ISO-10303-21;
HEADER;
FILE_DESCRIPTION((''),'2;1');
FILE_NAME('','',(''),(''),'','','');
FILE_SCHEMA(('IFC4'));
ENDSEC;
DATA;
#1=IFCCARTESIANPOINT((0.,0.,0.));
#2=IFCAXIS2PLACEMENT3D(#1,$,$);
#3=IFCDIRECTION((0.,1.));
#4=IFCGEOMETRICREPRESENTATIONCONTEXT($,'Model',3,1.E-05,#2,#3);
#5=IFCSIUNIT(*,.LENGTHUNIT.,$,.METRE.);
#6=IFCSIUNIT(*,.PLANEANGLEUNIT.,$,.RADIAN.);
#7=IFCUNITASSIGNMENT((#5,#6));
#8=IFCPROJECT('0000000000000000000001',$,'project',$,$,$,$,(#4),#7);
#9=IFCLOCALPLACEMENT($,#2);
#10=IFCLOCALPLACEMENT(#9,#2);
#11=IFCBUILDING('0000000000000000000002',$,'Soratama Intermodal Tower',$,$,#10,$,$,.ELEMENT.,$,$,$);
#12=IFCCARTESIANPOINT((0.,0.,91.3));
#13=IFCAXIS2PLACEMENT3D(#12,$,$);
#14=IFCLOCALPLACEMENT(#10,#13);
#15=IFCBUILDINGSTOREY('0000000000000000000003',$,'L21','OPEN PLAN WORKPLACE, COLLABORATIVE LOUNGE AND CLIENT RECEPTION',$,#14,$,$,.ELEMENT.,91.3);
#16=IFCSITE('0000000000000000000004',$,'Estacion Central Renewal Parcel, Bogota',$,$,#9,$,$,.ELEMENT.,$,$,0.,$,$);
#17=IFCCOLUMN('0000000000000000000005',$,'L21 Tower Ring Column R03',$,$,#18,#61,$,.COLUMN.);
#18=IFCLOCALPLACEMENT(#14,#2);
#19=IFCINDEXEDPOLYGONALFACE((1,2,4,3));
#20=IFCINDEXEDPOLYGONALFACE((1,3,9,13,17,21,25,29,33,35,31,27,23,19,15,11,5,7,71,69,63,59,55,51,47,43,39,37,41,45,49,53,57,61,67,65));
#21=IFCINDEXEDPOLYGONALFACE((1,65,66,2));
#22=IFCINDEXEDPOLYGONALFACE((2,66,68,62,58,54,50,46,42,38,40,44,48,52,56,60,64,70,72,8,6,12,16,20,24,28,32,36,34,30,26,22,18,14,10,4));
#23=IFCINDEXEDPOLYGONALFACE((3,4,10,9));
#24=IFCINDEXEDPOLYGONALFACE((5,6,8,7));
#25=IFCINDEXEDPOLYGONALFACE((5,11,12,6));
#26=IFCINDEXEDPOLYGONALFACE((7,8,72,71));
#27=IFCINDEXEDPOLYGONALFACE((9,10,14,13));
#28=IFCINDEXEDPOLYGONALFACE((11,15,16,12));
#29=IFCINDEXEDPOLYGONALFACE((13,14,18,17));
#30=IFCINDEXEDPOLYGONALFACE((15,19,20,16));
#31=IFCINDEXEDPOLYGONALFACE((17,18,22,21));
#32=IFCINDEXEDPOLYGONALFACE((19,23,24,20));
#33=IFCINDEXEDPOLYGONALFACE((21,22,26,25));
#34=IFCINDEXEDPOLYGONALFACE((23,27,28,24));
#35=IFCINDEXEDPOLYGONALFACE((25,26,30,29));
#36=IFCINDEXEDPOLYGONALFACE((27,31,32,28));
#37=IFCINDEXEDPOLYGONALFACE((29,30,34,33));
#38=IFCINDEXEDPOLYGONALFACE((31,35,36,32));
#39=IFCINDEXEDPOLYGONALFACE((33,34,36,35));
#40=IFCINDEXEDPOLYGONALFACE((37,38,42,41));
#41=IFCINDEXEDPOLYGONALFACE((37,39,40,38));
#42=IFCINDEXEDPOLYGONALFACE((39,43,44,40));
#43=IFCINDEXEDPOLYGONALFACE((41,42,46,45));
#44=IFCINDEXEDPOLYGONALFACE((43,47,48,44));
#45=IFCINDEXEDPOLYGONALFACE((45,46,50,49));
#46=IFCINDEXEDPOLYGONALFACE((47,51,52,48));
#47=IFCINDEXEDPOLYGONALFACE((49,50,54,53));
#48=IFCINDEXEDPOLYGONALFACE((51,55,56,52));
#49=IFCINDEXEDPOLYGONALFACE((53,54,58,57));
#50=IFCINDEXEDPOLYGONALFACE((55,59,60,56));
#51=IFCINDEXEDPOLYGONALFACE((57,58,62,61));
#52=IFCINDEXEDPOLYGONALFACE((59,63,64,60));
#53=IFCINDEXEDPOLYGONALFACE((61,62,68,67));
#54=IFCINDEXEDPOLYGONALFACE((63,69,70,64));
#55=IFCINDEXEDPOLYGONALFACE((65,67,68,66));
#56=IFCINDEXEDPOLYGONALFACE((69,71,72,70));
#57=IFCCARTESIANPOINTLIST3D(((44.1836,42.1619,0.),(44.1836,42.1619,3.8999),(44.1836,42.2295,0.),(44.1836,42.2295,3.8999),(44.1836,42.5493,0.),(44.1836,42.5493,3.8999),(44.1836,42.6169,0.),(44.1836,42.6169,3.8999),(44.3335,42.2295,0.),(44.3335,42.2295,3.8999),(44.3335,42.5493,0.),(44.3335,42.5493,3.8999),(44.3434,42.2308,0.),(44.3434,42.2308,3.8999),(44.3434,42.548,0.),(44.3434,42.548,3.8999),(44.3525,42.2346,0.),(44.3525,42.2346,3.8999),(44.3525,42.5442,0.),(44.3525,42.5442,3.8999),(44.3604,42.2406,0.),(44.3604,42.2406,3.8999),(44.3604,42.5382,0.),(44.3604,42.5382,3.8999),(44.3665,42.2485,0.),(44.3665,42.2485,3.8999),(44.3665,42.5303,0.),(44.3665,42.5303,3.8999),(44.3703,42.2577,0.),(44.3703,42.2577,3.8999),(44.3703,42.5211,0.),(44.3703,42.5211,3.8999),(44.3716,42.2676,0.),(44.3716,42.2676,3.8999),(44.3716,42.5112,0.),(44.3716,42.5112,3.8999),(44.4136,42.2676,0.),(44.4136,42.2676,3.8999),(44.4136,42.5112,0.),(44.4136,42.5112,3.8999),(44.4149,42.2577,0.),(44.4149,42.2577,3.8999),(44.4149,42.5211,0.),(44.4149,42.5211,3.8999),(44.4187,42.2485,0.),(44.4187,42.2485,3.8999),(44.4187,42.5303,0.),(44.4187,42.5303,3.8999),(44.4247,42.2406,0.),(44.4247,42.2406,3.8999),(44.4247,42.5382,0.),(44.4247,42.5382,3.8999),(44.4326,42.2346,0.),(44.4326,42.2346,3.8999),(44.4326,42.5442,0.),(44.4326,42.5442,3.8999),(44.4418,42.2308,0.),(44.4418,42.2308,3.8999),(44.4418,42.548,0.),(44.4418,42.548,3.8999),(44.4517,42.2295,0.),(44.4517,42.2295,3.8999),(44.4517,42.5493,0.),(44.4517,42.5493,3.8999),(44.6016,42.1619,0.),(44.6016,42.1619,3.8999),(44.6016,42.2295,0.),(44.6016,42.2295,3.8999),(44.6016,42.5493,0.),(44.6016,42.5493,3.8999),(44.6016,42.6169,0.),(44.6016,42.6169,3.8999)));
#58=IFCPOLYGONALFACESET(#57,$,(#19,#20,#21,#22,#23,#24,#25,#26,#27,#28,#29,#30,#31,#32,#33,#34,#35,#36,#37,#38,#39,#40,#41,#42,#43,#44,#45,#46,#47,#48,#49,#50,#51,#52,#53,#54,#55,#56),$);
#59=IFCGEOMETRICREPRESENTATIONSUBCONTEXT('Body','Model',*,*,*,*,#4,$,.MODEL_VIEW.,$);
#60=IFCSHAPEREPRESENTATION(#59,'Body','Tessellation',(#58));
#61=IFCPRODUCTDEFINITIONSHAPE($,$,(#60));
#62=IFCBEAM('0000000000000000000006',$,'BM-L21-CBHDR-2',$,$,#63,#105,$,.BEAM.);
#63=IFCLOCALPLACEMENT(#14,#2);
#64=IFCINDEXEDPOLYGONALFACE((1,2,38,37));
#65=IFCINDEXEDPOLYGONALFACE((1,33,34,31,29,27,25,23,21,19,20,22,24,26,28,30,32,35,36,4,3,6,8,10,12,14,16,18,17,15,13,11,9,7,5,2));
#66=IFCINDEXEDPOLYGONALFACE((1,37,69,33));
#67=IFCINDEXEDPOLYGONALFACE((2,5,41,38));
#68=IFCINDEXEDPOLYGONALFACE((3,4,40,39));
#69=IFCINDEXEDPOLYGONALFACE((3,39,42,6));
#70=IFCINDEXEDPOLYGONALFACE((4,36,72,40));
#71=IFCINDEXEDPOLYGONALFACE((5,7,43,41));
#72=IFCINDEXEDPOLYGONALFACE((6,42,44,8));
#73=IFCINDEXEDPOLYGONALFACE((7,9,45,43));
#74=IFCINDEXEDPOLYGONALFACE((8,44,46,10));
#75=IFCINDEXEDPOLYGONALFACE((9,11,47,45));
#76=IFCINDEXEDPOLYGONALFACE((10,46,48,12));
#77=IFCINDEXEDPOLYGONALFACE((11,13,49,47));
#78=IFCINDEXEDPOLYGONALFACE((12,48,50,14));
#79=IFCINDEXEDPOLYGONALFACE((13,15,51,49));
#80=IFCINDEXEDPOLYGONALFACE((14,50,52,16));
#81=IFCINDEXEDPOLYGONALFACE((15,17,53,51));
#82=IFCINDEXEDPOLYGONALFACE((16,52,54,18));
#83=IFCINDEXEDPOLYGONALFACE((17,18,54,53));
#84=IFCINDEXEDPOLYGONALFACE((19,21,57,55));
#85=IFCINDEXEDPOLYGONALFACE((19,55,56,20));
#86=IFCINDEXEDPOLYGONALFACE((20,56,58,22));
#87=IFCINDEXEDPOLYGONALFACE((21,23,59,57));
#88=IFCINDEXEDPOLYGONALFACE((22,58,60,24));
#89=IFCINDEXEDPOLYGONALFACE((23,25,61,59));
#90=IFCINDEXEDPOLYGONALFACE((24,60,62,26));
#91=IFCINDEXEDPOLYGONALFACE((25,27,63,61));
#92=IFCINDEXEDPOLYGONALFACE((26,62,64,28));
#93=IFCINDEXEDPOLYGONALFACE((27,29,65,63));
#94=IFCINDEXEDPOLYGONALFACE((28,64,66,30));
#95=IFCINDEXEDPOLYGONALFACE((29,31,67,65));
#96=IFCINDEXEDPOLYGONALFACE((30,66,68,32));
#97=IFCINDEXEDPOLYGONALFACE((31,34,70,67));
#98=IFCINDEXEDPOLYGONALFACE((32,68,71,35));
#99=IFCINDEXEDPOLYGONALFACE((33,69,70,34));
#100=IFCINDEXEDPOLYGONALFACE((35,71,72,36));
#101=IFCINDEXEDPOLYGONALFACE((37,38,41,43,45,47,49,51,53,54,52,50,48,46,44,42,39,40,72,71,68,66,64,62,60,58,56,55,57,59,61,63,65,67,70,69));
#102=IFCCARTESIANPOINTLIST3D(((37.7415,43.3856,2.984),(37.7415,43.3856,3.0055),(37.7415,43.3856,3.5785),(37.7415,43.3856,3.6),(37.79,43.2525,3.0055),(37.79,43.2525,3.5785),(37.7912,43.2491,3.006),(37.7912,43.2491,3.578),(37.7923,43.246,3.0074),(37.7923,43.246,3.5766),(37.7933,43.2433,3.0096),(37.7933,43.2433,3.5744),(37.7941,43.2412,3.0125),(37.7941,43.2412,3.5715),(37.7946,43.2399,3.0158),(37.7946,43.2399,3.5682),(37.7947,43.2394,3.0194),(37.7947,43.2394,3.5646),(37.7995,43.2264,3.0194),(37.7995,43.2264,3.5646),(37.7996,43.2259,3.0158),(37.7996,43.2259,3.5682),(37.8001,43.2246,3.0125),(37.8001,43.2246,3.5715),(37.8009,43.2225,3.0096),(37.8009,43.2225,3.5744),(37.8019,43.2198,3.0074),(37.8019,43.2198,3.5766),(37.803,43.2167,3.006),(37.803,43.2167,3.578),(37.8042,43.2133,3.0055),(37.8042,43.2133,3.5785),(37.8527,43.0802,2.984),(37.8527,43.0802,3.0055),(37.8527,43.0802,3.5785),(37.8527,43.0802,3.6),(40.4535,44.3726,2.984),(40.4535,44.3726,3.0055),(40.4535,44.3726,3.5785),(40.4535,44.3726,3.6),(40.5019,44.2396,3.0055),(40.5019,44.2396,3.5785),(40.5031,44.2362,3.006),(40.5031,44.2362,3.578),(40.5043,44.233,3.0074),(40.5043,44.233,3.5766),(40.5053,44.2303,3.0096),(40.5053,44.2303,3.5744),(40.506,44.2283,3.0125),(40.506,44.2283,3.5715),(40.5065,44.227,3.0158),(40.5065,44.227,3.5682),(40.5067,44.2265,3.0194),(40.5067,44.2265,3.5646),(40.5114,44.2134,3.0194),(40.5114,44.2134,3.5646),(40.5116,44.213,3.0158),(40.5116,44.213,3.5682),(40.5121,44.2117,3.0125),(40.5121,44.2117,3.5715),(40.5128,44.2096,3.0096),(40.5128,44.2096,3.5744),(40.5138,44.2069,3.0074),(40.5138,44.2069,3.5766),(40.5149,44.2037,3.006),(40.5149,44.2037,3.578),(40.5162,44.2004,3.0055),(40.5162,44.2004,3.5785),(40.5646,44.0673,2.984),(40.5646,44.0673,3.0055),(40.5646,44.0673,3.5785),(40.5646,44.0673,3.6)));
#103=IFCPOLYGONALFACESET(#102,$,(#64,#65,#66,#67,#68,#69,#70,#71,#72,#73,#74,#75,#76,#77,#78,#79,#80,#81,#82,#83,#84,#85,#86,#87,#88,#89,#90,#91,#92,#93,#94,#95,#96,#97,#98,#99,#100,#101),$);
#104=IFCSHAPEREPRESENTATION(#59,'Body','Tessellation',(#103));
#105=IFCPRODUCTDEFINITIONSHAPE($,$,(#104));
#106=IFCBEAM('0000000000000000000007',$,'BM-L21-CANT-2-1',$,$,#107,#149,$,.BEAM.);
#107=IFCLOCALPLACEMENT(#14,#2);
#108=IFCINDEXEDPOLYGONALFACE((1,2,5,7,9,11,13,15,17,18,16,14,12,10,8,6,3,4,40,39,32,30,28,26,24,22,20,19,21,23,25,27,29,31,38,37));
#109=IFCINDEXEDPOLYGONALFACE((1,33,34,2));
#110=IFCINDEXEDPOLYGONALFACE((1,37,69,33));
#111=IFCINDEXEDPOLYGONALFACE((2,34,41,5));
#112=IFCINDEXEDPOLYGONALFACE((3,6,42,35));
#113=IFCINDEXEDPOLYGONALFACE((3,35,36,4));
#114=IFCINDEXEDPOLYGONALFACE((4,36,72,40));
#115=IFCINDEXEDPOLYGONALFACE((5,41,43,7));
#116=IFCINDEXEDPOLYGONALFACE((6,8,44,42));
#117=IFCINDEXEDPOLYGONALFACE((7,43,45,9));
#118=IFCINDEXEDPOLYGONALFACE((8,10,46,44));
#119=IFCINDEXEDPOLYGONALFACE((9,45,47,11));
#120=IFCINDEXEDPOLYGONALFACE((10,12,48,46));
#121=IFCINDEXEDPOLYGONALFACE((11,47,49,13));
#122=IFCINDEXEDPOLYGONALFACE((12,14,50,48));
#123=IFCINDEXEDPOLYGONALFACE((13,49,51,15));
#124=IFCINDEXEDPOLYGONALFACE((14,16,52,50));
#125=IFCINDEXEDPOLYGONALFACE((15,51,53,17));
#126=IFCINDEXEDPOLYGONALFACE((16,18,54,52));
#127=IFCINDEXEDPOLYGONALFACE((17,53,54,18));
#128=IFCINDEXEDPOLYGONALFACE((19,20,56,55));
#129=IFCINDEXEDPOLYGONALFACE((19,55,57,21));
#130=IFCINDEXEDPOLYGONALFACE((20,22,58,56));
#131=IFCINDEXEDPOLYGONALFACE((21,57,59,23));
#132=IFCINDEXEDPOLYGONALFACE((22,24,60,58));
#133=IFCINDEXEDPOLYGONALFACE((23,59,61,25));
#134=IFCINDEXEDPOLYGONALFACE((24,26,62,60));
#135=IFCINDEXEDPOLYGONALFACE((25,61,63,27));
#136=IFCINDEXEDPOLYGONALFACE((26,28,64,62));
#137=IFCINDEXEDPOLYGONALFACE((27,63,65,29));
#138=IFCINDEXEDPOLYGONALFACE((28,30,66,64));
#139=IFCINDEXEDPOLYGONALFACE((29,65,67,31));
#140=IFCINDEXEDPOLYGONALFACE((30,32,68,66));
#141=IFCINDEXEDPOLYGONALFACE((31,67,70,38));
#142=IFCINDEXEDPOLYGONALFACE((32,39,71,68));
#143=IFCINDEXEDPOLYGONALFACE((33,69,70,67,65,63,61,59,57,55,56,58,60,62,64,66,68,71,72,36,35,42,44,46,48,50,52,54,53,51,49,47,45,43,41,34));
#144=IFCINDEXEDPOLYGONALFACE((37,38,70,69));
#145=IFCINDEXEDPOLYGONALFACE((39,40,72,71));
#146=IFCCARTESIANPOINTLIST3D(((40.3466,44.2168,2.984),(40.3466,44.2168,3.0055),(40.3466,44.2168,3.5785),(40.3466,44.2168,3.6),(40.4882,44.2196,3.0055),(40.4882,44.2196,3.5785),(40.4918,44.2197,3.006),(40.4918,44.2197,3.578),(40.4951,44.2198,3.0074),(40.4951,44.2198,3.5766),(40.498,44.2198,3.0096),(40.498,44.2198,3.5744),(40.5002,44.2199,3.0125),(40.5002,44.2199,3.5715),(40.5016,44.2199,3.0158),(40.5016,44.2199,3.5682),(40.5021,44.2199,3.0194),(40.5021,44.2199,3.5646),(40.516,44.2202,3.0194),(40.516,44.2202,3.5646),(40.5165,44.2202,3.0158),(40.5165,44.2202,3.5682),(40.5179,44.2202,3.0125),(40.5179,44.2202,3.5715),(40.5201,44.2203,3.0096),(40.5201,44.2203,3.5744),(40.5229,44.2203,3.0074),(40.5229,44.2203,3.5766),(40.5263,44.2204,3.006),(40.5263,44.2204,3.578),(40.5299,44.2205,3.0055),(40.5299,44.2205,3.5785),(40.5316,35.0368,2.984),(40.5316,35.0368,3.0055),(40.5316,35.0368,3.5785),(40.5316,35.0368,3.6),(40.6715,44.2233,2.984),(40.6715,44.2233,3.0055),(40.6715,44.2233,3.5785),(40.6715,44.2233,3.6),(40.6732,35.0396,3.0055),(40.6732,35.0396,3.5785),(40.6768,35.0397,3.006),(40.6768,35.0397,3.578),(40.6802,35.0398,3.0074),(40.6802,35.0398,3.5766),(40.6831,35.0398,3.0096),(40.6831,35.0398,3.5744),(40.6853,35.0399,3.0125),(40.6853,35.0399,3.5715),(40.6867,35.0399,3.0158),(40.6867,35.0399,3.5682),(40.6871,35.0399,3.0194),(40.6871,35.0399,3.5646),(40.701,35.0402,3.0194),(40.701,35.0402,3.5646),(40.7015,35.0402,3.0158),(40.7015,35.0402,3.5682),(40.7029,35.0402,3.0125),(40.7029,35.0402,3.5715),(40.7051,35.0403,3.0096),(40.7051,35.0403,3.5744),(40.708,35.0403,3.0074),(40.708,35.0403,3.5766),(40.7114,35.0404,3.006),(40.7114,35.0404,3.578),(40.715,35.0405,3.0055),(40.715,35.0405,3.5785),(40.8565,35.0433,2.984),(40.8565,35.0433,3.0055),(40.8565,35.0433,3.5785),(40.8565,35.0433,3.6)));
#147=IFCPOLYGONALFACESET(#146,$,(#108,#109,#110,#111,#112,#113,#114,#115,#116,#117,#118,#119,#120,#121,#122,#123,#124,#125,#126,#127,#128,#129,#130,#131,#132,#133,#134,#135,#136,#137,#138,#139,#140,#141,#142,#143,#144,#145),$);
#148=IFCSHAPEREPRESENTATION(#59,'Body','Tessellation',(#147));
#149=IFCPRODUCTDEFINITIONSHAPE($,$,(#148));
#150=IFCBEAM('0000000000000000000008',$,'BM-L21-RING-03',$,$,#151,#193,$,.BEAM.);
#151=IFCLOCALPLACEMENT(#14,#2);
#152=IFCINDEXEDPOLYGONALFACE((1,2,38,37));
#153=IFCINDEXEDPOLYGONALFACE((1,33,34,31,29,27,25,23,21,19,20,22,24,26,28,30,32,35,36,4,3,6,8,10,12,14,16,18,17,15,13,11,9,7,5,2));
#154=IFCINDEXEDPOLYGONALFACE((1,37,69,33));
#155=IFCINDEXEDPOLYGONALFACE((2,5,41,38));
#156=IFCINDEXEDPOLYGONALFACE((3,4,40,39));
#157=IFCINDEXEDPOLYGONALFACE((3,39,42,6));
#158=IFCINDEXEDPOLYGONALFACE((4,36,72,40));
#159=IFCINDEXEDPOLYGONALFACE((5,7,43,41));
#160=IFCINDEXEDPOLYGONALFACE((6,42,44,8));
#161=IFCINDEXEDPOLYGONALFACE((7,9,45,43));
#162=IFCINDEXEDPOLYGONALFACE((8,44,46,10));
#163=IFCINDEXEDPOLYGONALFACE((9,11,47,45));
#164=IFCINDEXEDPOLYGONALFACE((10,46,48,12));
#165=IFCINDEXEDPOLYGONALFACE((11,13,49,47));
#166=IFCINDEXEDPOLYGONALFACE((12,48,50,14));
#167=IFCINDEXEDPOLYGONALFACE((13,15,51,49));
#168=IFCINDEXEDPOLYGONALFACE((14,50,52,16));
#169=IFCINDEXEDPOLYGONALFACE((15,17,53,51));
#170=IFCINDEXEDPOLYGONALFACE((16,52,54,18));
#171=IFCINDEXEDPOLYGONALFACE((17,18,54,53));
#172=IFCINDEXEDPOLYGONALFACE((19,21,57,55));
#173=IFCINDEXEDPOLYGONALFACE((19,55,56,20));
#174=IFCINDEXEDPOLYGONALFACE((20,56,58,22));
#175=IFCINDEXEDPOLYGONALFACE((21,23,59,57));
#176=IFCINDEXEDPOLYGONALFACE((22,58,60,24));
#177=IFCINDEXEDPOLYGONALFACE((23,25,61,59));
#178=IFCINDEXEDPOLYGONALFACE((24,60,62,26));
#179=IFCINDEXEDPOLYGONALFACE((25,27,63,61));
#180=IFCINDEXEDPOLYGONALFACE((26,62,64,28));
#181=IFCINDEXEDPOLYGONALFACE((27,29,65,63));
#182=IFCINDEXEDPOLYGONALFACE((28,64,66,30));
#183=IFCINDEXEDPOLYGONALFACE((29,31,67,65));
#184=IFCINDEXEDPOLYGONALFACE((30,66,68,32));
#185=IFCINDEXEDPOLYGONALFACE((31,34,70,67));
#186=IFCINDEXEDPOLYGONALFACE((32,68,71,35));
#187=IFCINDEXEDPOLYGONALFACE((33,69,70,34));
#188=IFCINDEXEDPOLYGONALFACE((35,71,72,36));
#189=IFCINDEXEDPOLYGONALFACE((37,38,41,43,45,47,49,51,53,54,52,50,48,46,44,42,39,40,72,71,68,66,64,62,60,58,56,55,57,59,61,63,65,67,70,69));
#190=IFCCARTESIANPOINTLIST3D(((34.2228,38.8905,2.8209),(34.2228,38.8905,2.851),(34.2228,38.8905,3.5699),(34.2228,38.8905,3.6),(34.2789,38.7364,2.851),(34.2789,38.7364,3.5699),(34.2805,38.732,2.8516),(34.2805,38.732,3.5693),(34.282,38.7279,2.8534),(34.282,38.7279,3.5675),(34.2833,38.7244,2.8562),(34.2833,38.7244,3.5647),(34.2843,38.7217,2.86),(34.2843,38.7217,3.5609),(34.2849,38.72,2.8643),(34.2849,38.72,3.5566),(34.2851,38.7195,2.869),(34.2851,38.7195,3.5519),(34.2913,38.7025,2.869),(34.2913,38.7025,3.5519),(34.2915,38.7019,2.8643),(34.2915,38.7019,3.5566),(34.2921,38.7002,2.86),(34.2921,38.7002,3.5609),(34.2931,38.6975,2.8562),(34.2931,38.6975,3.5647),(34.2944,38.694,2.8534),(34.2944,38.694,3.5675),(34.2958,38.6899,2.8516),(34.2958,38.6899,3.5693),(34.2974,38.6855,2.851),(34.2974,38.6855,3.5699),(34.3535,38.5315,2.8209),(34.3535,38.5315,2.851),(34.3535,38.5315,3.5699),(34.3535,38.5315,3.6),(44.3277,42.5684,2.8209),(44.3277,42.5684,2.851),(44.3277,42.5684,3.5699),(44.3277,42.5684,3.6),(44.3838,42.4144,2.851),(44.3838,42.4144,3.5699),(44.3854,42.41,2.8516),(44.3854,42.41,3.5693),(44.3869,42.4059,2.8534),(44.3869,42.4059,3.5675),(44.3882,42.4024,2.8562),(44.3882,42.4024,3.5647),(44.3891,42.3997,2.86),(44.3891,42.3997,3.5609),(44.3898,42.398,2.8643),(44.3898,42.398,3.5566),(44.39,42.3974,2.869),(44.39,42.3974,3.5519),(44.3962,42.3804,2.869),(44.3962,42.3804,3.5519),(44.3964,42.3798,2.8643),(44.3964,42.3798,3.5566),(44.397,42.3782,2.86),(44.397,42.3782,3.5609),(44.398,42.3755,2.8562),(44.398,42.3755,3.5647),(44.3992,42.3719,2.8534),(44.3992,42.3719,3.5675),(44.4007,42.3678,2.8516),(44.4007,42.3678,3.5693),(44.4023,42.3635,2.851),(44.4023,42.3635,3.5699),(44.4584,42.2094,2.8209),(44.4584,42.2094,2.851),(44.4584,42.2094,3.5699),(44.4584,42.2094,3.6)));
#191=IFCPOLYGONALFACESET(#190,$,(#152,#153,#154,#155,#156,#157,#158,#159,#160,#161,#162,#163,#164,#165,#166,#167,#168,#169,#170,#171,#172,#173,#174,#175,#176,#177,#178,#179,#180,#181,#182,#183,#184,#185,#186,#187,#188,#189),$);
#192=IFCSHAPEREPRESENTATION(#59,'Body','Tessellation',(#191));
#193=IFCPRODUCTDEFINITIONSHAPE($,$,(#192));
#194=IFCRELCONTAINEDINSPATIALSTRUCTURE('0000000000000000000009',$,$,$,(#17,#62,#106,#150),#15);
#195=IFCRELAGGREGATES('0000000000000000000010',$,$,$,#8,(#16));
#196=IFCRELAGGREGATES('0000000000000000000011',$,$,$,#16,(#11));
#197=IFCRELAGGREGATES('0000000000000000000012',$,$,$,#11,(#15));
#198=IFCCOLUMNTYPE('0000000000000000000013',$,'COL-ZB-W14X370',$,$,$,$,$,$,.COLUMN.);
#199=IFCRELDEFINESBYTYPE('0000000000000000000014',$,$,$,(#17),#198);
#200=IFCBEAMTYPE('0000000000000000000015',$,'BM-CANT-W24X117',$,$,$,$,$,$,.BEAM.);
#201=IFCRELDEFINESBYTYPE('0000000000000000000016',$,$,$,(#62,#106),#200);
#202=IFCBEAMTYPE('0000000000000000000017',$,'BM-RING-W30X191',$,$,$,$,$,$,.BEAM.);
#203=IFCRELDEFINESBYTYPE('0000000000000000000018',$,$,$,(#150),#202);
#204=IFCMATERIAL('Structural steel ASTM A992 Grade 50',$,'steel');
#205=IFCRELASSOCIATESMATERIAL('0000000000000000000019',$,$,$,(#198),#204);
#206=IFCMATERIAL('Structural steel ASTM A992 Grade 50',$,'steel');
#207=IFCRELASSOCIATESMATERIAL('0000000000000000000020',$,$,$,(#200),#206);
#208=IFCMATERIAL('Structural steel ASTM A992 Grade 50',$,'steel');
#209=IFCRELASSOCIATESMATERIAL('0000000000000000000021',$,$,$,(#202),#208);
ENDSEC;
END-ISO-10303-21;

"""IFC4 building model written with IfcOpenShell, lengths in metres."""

from ifc_helpers import new_model, si_unit, direction, frame, origin, origin_2d, place, context, subcontext, project, spatial, i_section, extrude, material, material_profile, profile_set, type_object, element, save


model = new_model("IFC4")

# Units and contexts
model_context = context("Model", 3, precision=1e-05, world=origin(), true_north=direction((0.0, 1.0)))
body_context = subcontext(model_context, "Body", "Model", "MODEL_VIEW")
ifc_project = project(units=[si_unit("LENGTHUNIT", "METRE"), si_unit("PLANEANGLEUNIT", "RADIAN")], contexts=[model_context])

# Site, building, storey
site_placement = place(None, origin())
site = spatial("IfcSite", under=ifc_project, at=site_placement, Name="Estacion Central Renewal Parcel, Bogota", CompositionType="ELEMENT", RefElevation=0.0)
building_placement = place(site_placement, origin())
building = spatial("IfcBuilding", under=site, at=building_placement, Name="Soratama Intermodal Tower", CompositionType="ELEMENT")
storey_placement = place(building_placement, frame((0.0, 0.0, 91.3)))
storey = spatial("IfcBuildingStorey", under=building, at=storey_placement, Name="L21", Description="OPEN PLAN WORKPLACE, COLLABORATIVE LOUNGE AND CLIENT RECEPTION", CompositionType="ELEMENT", Elevation=91.3)

# Column
ifc_material_1 = material(Name="Structural steel ASTM A992 Grade 50", Category="steel")
ifc_material_profile_1 = material_profile(ifc_material_1, i_section(OverallWidth=0.418, OverallDepth=0.4551, WebThickness=0.042, FlangeThickness=0.0676, FilletRadius=0.0381, at=origin_2d()), Name="W14X370")
ifc_profile_set_1 = profile_set([ifc_material_profile_1], Name="Structural steel ASTM A992 Grade 50")
column_type = type_object("IfcColumnType", Name="COL-ZB-W14X370", PredefinedType="COLUMN", material=ifc_profile_set_1)
column_placement = place(storey_placement, frame((44.3926, 42.3894, 0.0), z_axis=(0.0, 0.0, 1.0), x_axis=(1.0, 0.0, 0.0)))
element("IfcColumn", 1, at=column_placement, inside=storey, type_object=column_type, Name="L21 Tower Ring Column R03", PredefinedType="COLUMN", context=body_context, shape_type="SweptSolid", body=[
    extrude(i_section(OverallWidth=0.418, OverallDepth=0.4551, WebThickness=0.042, FlangeThickness=0.0676, FilletRadius=0.0381, at=origin_2d()), origin(), (0.0, 0.0, 1.0), 3.8999),
])

# Beams
ifc_material_2 = material(Name="Structural steel ASTM A992 Grade 50", Category="steel")
ifc_material_profile_2 = material_profile(ifc_material_2, i_section(OverallWidth=0.325, OverallDepth=0.616, WebThickness=0.0139, FlangeThickness=0.0215, FilletRadius=0.0139, at=origin_2d()), Name="W24X117")
ifc_profile_set_2 = profile_set([ifc_material_profile_2], Name="Structural steel ASTM A992 Grade 50")
beam_type_1 = type_object("IfcBeamType", Name="BM-CANT-W24X117", PredefinedType="BEAM", material=ifc_profile_set_2)
beam_1_placement = place(storey_placement, frame((40.509, 44.22, 3.292), z_axis=(-0.939692, -0.342022, 0.0), x_axis=(0.342022, -0.939692, 0.0)))
element("IfcBeam", 2, at=beam_1_placement, inside=storey, type_object=beam_type_1, Name="BM-L21-CBHDR-2", PredefinedType="BEAM", context=body_context, shape_type="SweptSolid", body=[
    extrude(i_section(OverallWidth=0.325, OverallDepth=0.616, WebThickness=0.0139, FlangeThickness=0.0215, FilletRadius=0.0139, at=origin_2d()), origin(), (0.0, 0.0, 1.0), 2.886),
])
beam_2_placement = place(storey_placement, frame((40.6941, 35.04, 3.292), z_axis=(-0.020155, 0.999797, 0.0), x_axis=(-0.999797, -0.020155, 0.0)))
element("IfcBeam", 3, at=beam_2_placement, inside=storey, type_object=beam_type_1, Name="BM-L21-CANT-2-1", PredefinedType="BEAM", context=body_context, shape_type="SweptSolid", body=[
    extrude(i_section(OverallWidth=0.325, OverallDepth=0.616, WebThickness=0.0139, FlangeThickness=0.0215, FilletRadius=0.0139, at=origin_2d()), origin(), (0.0, 0.0, 1.0), 9.1819),
])
ifc_material_3 = material(Name="Structural steel ASTM A992 Grade 50", Category="steel")
ifc_material_profile_3 = material_profile(ifc_material_3, i_section(OverallWidth=0.3821, OverallDepth=0.7791, WebThickness=0.0181, FlangeThickness=0.03, FilletRadius=0.0181, at=origin_2d()), Name="W30X191")
ifc_profile_set_3 = profile_set([ifc_material_profile_3], Name="Structural steel ASTM A992 Grade 50")
beam_type_2 = type_object("IfcBeamType", Name="BM-RING-W30X191", PredefinedType="BEAM", material=ifc_profile_set_3)
beam_3_placement = place(storey_placement, frame((44.3931, 42.3889, 3.2104), z_axis=(-0.939691, -0.342026, 0.0), x_axis=(0.342026, -0.939691, 0.0)))
element("IfcBeam", 4, at=beam_3_placement, inside=storey, type_object=beam_type_2, Name="BM-L21-RING-03", PredefinedType="BEAM", context=body_context, shape_type="SweptSolid", body=[
    extrude(i_section(OverallWidth=0.3821, OverallDepth=0.7791, WebThickness=0.0181, FlangeThickness=0.03, FilletRadius=0.0181, at=origin_2d()), origin(), (0.0, 0.0, 1.0), 10.7534),
])

save(model, "model.ifc")
